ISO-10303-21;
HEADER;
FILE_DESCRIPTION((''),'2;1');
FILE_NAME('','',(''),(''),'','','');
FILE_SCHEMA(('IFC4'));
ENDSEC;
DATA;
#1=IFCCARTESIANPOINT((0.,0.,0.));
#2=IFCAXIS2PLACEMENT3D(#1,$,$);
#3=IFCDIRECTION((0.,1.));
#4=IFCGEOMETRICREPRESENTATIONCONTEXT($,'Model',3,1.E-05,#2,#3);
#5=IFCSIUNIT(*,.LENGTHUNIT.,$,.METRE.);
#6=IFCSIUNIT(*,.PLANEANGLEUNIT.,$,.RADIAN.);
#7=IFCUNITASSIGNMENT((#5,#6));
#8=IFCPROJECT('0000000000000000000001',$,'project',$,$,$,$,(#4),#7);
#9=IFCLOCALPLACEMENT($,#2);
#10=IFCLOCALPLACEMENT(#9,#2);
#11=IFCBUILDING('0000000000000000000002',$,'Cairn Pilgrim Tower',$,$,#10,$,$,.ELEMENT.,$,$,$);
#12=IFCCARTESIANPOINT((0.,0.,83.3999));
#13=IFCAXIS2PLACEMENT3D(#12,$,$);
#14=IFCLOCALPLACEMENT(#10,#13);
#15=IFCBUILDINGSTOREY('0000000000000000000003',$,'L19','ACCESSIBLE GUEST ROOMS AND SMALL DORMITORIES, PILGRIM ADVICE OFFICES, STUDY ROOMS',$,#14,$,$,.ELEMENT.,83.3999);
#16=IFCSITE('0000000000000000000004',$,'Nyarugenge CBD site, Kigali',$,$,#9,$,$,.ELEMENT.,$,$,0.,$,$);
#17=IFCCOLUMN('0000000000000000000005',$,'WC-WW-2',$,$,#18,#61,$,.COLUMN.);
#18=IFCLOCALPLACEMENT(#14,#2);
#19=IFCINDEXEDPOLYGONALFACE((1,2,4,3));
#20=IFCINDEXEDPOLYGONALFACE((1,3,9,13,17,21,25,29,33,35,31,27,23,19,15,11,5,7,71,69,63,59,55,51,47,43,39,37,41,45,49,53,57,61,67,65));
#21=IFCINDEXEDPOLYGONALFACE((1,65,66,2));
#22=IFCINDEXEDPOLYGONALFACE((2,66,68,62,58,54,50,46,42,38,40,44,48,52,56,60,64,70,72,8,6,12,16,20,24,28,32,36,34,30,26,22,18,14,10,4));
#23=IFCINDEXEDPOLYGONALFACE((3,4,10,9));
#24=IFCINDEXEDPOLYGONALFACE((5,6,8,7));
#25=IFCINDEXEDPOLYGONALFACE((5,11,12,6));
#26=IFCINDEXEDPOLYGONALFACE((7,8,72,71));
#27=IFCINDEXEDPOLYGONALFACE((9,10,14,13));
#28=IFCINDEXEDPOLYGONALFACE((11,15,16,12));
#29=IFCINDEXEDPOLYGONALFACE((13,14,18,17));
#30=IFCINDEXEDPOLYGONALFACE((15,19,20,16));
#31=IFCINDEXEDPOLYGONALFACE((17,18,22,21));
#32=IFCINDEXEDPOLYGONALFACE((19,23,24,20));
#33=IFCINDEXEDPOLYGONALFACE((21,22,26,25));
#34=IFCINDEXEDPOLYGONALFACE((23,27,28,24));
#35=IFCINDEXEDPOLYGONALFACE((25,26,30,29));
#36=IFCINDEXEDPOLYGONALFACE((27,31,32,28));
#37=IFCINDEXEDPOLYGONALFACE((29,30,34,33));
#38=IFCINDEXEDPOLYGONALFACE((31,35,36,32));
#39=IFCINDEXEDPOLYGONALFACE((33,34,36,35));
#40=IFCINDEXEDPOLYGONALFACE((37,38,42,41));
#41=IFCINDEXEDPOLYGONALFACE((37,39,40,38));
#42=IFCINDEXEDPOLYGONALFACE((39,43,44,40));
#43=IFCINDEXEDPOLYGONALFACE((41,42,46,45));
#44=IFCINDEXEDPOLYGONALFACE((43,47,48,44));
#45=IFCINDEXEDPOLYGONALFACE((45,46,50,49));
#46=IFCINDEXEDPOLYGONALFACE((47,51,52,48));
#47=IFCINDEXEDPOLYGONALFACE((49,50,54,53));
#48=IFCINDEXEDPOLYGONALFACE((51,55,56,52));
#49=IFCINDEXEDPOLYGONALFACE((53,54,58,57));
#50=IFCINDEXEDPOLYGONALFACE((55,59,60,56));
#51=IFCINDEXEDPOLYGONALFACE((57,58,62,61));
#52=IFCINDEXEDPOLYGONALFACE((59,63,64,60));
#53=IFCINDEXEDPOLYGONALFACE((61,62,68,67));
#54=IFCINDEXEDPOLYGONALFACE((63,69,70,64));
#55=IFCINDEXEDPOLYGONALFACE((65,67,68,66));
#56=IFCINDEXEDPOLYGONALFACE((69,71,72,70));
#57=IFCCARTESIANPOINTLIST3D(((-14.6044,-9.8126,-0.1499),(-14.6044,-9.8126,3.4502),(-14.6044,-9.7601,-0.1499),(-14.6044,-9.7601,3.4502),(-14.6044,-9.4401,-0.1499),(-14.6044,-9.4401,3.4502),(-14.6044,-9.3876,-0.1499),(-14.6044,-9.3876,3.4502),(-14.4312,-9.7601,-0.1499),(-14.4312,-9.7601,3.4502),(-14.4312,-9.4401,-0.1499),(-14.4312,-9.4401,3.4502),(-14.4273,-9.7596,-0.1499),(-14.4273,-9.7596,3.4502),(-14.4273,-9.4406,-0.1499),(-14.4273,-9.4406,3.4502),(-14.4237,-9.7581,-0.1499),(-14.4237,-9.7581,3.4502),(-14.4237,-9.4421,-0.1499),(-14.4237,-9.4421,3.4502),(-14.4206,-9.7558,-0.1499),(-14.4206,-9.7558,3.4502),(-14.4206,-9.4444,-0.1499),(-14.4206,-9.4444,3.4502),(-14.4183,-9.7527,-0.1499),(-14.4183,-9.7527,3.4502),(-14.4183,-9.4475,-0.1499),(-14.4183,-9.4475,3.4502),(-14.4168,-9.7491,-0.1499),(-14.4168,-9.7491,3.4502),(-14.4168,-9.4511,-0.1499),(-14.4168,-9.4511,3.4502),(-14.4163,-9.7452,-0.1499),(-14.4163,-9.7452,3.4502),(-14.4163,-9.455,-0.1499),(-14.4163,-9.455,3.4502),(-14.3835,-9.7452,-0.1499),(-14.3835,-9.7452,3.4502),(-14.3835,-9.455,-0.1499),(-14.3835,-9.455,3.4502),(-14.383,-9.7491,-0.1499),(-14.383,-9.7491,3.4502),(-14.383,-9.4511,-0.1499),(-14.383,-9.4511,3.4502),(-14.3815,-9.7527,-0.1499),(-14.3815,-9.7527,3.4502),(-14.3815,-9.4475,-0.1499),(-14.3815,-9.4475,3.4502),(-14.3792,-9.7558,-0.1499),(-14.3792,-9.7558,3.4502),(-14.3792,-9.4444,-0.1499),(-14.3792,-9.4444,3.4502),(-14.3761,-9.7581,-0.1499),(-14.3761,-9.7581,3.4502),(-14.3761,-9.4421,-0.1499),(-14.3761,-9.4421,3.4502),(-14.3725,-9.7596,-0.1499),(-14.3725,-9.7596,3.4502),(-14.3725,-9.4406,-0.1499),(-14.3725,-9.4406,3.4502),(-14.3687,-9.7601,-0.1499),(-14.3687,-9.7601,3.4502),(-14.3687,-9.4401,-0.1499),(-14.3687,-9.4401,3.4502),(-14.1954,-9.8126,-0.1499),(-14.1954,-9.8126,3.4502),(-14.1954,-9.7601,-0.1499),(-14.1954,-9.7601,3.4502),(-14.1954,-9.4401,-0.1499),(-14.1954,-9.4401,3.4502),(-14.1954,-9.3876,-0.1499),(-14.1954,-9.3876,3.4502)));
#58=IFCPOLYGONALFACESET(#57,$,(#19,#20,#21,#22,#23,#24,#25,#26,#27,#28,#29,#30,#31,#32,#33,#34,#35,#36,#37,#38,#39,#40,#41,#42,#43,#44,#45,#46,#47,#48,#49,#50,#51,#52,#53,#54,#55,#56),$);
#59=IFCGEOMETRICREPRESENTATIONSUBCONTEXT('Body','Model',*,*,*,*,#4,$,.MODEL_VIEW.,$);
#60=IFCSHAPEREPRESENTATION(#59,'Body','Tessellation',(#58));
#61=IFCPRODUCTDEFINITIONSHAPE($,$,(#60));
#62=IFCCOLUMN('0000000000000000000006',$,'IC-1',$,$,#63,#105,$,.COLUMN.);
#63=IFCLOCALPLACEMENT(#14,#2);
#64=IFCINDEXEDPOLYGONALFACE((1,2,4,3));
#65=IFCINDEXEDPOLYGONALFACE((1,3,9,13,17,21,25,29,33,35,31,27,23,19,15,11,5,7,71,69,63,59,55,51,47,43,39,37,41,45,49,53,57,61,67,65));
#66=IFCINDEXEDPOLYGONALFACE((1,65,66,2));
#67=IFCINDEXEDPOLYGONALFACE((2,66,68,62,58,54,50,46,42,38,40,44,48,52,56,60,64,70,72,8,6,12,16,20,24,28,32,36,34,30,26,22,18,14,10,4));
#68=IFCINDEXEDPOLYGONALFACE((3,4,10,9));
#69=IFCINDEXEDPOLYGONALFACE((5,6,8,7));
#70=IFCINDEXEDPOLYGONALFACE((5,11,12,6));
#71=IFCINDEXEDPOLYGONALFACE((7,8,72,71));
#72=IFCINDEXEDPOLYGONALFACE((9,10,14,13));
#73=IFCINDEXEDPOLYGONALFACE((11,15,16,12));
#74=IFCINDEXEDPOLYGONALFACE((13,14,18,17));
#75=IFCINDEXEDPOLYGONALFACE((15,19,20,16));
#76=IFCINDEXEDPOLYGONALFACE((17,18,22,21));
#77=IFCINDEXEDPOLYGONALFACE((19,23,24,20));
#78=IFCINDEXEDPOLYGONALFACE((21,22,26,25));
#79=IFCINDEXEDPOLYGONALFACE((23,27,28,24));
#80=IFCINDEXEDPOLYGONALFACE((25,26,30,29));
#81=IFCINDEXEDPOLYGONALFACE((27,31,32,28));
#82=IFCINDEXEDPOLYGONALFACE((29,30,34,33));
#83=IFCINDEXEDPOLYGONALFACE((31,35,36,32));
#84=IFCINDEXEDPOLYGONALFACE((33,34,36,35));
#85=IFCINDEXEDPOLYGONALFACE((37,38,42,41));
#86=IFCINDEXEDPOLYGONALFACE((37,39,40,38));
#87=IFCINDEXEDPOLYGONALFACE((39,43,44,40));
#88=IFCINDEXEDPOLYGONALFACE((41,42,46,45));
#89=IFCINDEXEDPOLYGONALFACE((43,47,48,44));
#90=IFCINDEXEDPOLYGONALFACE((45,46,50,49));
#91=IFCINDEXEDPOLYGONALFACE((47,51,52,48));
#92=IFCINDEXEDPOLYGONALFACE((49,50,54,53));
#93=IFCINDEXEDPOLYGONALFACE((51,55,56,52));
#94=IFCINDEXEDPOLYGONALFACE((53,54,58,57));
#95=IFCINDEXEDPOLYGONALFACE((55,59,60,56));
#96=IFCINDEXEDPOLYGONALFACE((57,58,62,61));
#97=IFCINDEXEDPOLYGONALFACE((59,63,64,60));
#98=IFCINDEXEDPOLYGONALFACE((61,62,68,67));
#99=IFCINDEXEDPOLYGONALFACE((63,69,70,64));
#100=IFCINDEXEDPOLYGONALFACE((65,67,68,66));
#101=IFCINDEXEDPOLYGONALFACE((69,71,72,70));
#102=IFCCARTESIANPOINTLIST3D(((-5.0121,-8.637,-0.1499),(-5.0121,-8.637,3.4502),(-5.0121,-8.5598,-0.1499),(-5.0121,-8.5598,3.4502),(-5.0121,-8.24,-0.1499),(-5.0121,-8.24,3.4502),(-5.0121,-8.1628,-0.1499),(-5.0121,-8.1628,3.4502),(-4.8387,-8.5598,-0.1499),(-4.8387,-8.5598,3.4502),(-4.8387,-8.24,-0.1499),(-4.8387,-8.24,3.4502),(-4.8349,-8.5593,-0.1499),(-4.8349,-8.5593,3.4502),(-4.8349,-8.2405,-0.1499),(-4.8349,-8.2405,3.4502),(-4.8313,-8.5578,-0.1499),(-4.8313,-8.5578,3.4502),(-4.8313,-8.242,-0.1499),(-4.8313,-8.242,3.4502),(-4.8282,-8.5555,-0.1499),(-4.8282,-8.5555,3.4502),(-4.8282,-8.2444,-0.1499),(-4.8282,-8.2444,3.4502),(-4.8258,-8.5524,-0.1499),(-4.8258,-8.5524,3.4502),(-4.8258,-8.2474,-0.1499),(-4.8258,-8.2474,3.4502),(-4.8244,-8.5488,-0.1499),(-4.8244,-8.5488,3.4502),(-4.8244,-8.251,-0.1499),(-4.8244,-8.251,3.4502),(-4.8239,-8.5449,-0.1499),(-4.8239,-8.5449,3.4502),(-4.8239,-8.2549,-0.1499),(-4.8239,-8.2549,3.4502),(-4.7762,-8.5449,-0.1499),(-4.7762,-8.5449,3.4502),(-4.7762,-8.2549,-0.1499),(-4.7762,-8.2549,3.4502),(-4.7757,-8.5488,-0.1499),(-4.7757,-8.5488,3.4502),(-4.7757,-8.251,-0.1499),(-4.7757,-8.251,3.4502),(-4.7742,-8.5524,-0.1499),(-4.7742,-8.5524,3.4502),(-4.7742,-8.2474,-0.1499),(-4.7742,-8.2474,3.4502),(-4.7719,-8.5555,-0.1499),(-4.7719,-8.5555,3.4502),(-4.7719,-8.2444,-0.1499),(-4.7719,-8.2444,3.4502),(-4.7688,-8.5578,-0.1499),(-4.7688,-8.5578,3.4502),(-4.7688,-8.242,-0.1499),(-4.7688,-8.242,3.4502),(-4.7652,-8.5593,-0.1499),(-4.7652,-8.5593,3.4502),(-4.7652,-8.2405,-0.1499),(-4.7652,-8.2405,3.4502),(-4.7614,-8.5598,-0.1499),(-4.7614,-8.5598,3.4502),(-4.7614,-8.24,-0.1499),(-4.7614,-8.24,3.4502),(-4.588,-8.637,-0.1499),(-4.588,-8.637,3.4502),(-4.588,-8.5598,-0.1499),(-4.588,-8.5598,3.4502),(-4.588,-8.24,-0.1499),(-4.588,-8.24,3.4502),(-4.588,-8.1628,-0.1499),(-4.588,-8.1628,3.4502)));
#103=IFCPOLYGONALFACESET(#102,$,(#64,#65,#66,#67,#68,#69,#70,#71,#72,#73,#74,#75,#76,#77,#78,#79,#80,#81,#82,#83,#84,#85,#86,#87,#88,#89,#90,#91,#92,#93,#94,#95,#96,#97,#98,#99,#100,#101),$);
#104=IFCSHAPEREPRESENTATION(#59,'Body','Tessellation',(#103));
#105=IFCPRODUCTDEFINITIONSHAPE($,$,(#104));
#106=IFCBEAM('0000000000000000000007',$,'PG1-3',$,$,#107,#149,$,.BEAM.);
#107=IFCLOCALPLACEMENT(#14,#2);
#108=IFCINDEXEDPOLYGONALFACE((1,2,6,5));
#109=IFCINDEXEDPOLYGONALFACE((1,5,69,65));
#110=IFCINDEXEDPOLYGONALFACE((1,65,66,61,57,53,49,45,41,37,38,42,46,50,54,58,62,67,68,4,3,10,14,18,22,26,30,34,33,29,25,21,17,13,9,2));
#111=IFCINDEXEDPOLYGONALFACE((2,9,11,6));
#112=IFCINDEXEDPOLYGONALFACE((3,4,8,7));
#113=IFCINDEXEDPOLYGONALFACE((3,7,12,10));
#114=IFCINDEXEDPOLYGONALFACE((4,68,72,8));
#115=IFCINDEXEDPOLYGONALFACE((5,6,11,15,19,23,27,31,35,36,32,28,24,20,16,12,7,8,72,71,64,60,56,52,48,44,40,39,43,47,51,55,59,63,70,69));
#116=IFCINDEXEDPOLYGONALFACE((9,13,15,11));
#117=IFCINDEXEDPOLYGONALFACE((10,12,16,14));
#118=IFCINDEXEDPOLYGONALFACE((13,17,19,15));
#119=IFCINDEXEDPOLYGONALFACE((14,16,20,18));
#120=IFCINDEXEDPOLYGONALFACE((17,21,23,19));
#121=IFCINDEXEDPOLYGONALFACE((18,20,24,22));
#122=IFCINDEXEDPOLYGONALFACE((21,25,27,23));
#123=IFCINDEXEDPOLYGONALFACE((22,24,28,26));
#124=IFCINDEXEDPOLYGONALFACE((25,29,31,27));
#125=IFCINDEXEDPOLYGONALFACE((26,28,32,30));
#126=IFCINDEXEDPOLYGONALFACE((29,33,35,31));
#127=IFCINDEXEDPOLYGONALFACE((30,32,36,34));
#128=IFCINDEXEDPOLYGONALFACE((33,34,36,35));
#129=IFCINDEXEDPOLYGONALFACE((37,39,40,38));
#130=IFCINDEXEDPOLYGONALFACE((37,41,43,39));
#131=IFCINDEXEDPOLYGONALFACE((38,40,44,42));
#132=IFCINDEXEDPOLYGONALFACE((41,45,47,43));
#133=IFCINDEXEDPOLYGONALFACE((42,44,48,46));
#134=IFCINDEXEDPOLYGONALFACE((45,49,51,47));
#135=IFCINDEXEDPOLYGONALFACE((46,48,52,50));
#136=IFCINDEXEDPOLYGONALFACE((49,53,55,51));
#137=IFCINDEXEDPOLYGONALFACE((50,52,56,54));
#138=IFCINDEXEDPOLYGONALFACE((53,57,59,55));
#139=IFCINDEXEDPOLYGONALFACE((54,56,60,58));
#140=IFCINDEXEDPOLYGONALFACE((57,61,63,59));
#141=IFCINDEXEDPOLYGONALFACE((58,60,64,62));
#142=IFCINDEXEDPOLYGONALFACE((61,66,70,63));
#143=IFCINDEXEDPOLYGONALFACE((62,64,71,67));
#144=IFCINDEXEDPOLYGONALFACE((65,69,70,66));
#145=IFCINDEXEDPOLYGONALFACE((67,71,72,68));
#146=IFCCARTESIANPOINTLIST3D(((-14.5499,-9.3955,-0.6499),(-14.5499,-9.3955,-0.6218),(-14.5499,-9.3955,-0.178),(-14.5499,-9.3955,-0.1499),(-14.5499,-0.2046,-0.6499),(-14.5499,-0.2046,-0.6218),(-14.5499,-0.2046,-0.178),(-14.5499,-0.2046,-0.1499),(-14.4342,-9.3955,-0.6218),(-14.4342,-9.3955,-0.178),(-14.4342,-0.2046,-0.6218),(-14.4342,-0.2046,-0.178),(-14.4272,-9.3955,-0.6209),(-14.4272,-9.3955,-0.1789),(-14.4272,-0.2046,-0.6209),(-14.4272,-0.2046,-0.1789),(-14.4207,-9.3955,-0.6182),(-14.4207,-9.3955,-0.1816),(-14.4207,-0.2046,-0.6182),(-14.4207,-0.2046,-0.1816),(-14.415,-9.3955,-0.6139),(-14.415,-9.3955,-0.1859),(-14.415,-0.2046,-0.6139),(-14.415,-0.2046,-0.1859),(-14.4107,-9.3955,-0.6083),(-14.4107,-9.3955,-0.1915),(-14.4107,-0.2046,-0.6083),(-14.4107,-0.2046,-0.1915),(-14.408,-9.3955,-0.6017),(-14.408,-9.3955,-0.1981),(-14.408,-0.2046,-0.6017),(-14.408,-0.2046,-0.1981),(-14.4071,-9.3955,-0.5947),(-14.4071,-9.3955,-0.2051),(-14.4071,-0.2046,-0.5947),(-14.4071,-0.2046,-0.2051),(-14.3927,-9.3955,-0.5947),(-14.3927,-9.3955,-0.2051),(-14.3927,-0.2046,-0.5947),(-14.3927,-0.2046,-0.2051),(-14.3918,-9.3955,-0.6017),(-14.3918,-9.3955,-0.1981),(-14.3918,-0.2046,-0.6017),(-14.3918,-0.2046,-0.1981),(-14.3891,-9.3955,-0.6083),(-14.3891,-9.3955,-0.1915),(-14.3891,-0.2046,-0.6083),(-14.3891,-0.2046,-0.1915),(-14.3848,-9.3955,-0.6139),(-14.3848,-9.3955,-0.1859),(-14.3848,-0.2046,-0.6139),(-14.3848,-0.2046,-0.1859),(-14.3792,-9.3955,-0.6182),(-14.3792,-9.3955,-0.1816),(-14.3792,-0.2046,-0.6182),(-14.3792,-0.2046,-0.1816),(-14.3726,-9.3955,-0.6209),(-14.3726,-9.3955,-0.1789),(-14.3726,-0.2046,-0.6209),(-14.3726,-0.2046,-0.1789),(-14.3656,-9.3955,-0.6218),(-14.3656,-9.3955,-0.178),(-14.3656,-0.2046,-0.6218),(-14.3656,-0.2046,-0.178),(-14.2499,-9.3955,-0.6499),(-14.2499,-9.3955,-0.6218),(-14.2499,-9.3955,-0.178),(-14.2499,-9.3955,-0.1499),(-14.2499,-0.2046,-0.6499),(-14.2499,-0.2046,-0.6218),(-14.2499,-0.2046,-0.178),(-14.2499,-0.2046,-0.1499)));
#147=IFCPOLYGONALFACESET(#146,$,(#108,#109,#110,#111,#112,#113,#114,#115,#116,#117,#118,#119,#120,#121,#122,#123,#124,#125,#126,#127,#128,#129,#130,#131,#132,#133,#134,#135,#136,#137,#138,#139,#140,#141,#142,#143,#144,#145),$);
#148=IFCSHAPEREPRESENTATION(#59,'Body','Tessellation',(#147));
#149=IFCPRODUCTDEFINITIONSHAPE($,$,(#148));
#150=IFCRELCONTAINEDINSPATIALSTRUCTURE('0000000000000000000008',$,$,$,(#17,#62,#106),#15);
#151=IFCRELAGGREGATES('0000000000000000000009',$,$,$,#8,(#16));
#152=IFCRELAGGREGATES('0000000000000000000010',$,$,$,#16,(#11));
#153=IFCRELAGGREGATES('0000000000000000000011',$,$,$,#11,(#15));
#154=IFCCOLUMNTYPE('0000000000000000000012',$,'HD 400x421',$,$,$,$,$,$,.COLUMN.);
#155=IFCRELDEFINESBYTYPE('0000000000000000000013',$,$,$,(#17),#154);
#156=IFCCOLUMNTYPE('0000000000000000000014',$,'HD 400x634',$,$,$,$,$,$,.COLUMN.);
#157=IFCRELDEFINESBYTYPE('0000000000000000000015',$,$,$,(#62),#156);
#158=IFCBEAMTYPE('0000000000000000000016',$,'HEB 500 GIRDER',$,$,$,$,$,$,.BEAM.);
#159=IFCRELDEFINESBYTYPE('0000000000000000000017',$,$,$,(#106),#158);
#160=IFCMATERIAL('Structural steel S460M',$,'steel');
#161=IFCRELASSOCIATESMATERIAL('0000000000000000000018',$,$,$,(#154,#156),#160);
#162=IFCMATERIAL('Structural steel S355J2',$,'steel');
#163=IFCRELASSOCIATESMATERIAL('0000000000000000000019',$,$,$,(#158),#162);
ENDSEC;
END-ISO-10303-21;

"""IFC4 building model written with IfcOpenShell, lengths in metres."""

from ifc_helpers import new_model, si_unit, direction, frame, origin, origin_2d, place, context, subcontext, project, spatial, i_section, extrude, material, material_profile, profile_set, type_object, element, save


model = new_model("IFC4")

# Units and contexts
model_context = context("Model", 3, precision=1e-05, world=origin(), true_north=direction((0.0, 1.0)))
body_context = subcontext(model_context, "Body", "Model", "MODEL_VIEW")
ifc_project = project(units=[si_unit("LENGTHUNIT", "METRE"), si_unit("PLANEANGLEUNIT", "RADIAN")], contexts=[model_context])

# Site, building, storey
site_placement = place(None, origin())
site = spatial("IfcSite", under=ifc_project, at=site_placement, Name="Nyarugenge CBD site, Kigali", CompositionType="ELEMENT", RefElevation=0.0)
building_placement = place(site_placement, origin())
building = spatial("IfcBuilding", under=site, at=building_placement, Name="Cairn Pilgrim Tower", CompositionType="ELEMENT")
storey_placement = place(building_placement, frame((0.0, 0.0, 83.3999)))
storey = spatial("IfcBuildingStorey", under=building, at=storey_placement, Name="L19", Description="ACCESSIBLE GUEST ROOMS AND SMALL DORMITORIES, PILGRIM ADVICE OFFICES, STUDY ROOMS", CompositionType="ELEMENT", Elevation=83.3999)

# Columns
ifc_material_1 = material(Name="Structural steel S460M", Category="steel")
ifc_material_profile_1 = material_profile(ifc_material_1, i_section(OverallWidth=0.4089, OverallDepth=0.425, WebThickness=0.0327, FlangeThickness=0.0525, FilletRadius=0.0149, at=origin_2d()), Name="HD 400x421")
ifc_profile_set_1 = profile_set([ifc_material_profile_1], Name="Structural steel S460M")
column_type_1 = type_object("IfcColumnType", Name="HD 400x421", PredefinedType="COLUMN", material=ifc_profile_set_1)
column_1_placement = place(storey_placement, frame((-14.3999, -9.6001, -0.1499), z_axis=(0.0, 0.0, 1.0), x_axis=(1.0, 0.0, 0.0)))
element("IfcColumn", 1, at=column_1_placement, inside=storey, type_object=column_type_1, Name="WC-WW-2", PredefinedType="COLUMN", context=body_context, shape_type="SweptSolid", body=[
    extrude(i_section(OverallWidth=0.4089, OverallDepth=0.425, WebThickness=0.0327, FlangeThickness=0.0525, FilletRadius=0.0149, at=origin_2d()), origin(), (0.0, 0.0, 1.0), 3.6001),
])
ifc_material_profile_2 = material_profile(ifc_material_1, i_section(OverallWidth=0.4241, OverallDepth=0.4741, WebThickness=0.0476, FlangeThickness=0.0771, FilletRadius=0.0149, at=origin_2d()), Name="HD 400x634")
ifc_profile_set_2 = profile_set([ifc_material_profile_2], Name="Structural steel S460M")
column_type_2 = type_object("IfcColumnType", Name="HD 400x634", PredefinedType="COLUMN", material=ifc_profile_set_2)
column_2_placement = place(storey_placement, frame((-4.8, -8.3999, -0.1499), z_axis=(0.0, 0.0, 1.0), x_axis=(1.0, 0.0, 0.0)))
element("IfcColumn", 2, at=column_2_placement, inside=storey, type_object=column_type_2, Name="IC-1", PredefinedType="COLUMN", context=body_context, shape_type="SweptSolid", body=[
    extrude(i_section(OverallWidth=0.4241, OverallDepth=0.4741, WebThickness=0.0476, FlangeThickness=0.0771, FilletRadius=0.0149, at=origin_2d()), origin(), (0.0, 0.0, 1.0), 3.6001),
])

# Beam
ifc_material_2 = material(Name="Structural steel S355J2", Category="steel")
ifc_material_profile_3 = material_profile(ifc_material_2, i_section(OverallWidth=0.3, OverallDepth=0.5, WebThickness=0.0144, FlangeThickness=0.0281, FilletRadius=0.0271, at=origin_2d()), Name="HEB 500")
ifc_profile_set_3 = profile_set([ifc_material_profile_3], Name="Structural steel S355J2")
beam_type_1 = type_object("IfcBeamType", Name="HEB 500 GIRDER", PredefinedType="BEAM", material=ifc_profile_set_3)
beam_1_placement = place(storey_placement, frame((-14.3999, -9.3955, -0.3999), z_axis=(0.0, 1.0, 0.0), x_axis=(-1.0, 0.0, 0.0)))
element("IfcBeam", 3, at=beam_1_placement, inside=storey, type_object=beam_type_1, Name="PG1-3", PredefinedType="BEAM", context=body_context, shape_type="SweptSolid", body=[
    extrude(i_section(OverallWidth=0.3, OverallDepth=0.5, WebThickness=0.0144, FlangeThickness=0.0281, FilletRadius=0.0271, at=origin_2d()), origin(), (0.0, 0.0, 1.0), 9.1909),
])

save(model, "model.ifc")
